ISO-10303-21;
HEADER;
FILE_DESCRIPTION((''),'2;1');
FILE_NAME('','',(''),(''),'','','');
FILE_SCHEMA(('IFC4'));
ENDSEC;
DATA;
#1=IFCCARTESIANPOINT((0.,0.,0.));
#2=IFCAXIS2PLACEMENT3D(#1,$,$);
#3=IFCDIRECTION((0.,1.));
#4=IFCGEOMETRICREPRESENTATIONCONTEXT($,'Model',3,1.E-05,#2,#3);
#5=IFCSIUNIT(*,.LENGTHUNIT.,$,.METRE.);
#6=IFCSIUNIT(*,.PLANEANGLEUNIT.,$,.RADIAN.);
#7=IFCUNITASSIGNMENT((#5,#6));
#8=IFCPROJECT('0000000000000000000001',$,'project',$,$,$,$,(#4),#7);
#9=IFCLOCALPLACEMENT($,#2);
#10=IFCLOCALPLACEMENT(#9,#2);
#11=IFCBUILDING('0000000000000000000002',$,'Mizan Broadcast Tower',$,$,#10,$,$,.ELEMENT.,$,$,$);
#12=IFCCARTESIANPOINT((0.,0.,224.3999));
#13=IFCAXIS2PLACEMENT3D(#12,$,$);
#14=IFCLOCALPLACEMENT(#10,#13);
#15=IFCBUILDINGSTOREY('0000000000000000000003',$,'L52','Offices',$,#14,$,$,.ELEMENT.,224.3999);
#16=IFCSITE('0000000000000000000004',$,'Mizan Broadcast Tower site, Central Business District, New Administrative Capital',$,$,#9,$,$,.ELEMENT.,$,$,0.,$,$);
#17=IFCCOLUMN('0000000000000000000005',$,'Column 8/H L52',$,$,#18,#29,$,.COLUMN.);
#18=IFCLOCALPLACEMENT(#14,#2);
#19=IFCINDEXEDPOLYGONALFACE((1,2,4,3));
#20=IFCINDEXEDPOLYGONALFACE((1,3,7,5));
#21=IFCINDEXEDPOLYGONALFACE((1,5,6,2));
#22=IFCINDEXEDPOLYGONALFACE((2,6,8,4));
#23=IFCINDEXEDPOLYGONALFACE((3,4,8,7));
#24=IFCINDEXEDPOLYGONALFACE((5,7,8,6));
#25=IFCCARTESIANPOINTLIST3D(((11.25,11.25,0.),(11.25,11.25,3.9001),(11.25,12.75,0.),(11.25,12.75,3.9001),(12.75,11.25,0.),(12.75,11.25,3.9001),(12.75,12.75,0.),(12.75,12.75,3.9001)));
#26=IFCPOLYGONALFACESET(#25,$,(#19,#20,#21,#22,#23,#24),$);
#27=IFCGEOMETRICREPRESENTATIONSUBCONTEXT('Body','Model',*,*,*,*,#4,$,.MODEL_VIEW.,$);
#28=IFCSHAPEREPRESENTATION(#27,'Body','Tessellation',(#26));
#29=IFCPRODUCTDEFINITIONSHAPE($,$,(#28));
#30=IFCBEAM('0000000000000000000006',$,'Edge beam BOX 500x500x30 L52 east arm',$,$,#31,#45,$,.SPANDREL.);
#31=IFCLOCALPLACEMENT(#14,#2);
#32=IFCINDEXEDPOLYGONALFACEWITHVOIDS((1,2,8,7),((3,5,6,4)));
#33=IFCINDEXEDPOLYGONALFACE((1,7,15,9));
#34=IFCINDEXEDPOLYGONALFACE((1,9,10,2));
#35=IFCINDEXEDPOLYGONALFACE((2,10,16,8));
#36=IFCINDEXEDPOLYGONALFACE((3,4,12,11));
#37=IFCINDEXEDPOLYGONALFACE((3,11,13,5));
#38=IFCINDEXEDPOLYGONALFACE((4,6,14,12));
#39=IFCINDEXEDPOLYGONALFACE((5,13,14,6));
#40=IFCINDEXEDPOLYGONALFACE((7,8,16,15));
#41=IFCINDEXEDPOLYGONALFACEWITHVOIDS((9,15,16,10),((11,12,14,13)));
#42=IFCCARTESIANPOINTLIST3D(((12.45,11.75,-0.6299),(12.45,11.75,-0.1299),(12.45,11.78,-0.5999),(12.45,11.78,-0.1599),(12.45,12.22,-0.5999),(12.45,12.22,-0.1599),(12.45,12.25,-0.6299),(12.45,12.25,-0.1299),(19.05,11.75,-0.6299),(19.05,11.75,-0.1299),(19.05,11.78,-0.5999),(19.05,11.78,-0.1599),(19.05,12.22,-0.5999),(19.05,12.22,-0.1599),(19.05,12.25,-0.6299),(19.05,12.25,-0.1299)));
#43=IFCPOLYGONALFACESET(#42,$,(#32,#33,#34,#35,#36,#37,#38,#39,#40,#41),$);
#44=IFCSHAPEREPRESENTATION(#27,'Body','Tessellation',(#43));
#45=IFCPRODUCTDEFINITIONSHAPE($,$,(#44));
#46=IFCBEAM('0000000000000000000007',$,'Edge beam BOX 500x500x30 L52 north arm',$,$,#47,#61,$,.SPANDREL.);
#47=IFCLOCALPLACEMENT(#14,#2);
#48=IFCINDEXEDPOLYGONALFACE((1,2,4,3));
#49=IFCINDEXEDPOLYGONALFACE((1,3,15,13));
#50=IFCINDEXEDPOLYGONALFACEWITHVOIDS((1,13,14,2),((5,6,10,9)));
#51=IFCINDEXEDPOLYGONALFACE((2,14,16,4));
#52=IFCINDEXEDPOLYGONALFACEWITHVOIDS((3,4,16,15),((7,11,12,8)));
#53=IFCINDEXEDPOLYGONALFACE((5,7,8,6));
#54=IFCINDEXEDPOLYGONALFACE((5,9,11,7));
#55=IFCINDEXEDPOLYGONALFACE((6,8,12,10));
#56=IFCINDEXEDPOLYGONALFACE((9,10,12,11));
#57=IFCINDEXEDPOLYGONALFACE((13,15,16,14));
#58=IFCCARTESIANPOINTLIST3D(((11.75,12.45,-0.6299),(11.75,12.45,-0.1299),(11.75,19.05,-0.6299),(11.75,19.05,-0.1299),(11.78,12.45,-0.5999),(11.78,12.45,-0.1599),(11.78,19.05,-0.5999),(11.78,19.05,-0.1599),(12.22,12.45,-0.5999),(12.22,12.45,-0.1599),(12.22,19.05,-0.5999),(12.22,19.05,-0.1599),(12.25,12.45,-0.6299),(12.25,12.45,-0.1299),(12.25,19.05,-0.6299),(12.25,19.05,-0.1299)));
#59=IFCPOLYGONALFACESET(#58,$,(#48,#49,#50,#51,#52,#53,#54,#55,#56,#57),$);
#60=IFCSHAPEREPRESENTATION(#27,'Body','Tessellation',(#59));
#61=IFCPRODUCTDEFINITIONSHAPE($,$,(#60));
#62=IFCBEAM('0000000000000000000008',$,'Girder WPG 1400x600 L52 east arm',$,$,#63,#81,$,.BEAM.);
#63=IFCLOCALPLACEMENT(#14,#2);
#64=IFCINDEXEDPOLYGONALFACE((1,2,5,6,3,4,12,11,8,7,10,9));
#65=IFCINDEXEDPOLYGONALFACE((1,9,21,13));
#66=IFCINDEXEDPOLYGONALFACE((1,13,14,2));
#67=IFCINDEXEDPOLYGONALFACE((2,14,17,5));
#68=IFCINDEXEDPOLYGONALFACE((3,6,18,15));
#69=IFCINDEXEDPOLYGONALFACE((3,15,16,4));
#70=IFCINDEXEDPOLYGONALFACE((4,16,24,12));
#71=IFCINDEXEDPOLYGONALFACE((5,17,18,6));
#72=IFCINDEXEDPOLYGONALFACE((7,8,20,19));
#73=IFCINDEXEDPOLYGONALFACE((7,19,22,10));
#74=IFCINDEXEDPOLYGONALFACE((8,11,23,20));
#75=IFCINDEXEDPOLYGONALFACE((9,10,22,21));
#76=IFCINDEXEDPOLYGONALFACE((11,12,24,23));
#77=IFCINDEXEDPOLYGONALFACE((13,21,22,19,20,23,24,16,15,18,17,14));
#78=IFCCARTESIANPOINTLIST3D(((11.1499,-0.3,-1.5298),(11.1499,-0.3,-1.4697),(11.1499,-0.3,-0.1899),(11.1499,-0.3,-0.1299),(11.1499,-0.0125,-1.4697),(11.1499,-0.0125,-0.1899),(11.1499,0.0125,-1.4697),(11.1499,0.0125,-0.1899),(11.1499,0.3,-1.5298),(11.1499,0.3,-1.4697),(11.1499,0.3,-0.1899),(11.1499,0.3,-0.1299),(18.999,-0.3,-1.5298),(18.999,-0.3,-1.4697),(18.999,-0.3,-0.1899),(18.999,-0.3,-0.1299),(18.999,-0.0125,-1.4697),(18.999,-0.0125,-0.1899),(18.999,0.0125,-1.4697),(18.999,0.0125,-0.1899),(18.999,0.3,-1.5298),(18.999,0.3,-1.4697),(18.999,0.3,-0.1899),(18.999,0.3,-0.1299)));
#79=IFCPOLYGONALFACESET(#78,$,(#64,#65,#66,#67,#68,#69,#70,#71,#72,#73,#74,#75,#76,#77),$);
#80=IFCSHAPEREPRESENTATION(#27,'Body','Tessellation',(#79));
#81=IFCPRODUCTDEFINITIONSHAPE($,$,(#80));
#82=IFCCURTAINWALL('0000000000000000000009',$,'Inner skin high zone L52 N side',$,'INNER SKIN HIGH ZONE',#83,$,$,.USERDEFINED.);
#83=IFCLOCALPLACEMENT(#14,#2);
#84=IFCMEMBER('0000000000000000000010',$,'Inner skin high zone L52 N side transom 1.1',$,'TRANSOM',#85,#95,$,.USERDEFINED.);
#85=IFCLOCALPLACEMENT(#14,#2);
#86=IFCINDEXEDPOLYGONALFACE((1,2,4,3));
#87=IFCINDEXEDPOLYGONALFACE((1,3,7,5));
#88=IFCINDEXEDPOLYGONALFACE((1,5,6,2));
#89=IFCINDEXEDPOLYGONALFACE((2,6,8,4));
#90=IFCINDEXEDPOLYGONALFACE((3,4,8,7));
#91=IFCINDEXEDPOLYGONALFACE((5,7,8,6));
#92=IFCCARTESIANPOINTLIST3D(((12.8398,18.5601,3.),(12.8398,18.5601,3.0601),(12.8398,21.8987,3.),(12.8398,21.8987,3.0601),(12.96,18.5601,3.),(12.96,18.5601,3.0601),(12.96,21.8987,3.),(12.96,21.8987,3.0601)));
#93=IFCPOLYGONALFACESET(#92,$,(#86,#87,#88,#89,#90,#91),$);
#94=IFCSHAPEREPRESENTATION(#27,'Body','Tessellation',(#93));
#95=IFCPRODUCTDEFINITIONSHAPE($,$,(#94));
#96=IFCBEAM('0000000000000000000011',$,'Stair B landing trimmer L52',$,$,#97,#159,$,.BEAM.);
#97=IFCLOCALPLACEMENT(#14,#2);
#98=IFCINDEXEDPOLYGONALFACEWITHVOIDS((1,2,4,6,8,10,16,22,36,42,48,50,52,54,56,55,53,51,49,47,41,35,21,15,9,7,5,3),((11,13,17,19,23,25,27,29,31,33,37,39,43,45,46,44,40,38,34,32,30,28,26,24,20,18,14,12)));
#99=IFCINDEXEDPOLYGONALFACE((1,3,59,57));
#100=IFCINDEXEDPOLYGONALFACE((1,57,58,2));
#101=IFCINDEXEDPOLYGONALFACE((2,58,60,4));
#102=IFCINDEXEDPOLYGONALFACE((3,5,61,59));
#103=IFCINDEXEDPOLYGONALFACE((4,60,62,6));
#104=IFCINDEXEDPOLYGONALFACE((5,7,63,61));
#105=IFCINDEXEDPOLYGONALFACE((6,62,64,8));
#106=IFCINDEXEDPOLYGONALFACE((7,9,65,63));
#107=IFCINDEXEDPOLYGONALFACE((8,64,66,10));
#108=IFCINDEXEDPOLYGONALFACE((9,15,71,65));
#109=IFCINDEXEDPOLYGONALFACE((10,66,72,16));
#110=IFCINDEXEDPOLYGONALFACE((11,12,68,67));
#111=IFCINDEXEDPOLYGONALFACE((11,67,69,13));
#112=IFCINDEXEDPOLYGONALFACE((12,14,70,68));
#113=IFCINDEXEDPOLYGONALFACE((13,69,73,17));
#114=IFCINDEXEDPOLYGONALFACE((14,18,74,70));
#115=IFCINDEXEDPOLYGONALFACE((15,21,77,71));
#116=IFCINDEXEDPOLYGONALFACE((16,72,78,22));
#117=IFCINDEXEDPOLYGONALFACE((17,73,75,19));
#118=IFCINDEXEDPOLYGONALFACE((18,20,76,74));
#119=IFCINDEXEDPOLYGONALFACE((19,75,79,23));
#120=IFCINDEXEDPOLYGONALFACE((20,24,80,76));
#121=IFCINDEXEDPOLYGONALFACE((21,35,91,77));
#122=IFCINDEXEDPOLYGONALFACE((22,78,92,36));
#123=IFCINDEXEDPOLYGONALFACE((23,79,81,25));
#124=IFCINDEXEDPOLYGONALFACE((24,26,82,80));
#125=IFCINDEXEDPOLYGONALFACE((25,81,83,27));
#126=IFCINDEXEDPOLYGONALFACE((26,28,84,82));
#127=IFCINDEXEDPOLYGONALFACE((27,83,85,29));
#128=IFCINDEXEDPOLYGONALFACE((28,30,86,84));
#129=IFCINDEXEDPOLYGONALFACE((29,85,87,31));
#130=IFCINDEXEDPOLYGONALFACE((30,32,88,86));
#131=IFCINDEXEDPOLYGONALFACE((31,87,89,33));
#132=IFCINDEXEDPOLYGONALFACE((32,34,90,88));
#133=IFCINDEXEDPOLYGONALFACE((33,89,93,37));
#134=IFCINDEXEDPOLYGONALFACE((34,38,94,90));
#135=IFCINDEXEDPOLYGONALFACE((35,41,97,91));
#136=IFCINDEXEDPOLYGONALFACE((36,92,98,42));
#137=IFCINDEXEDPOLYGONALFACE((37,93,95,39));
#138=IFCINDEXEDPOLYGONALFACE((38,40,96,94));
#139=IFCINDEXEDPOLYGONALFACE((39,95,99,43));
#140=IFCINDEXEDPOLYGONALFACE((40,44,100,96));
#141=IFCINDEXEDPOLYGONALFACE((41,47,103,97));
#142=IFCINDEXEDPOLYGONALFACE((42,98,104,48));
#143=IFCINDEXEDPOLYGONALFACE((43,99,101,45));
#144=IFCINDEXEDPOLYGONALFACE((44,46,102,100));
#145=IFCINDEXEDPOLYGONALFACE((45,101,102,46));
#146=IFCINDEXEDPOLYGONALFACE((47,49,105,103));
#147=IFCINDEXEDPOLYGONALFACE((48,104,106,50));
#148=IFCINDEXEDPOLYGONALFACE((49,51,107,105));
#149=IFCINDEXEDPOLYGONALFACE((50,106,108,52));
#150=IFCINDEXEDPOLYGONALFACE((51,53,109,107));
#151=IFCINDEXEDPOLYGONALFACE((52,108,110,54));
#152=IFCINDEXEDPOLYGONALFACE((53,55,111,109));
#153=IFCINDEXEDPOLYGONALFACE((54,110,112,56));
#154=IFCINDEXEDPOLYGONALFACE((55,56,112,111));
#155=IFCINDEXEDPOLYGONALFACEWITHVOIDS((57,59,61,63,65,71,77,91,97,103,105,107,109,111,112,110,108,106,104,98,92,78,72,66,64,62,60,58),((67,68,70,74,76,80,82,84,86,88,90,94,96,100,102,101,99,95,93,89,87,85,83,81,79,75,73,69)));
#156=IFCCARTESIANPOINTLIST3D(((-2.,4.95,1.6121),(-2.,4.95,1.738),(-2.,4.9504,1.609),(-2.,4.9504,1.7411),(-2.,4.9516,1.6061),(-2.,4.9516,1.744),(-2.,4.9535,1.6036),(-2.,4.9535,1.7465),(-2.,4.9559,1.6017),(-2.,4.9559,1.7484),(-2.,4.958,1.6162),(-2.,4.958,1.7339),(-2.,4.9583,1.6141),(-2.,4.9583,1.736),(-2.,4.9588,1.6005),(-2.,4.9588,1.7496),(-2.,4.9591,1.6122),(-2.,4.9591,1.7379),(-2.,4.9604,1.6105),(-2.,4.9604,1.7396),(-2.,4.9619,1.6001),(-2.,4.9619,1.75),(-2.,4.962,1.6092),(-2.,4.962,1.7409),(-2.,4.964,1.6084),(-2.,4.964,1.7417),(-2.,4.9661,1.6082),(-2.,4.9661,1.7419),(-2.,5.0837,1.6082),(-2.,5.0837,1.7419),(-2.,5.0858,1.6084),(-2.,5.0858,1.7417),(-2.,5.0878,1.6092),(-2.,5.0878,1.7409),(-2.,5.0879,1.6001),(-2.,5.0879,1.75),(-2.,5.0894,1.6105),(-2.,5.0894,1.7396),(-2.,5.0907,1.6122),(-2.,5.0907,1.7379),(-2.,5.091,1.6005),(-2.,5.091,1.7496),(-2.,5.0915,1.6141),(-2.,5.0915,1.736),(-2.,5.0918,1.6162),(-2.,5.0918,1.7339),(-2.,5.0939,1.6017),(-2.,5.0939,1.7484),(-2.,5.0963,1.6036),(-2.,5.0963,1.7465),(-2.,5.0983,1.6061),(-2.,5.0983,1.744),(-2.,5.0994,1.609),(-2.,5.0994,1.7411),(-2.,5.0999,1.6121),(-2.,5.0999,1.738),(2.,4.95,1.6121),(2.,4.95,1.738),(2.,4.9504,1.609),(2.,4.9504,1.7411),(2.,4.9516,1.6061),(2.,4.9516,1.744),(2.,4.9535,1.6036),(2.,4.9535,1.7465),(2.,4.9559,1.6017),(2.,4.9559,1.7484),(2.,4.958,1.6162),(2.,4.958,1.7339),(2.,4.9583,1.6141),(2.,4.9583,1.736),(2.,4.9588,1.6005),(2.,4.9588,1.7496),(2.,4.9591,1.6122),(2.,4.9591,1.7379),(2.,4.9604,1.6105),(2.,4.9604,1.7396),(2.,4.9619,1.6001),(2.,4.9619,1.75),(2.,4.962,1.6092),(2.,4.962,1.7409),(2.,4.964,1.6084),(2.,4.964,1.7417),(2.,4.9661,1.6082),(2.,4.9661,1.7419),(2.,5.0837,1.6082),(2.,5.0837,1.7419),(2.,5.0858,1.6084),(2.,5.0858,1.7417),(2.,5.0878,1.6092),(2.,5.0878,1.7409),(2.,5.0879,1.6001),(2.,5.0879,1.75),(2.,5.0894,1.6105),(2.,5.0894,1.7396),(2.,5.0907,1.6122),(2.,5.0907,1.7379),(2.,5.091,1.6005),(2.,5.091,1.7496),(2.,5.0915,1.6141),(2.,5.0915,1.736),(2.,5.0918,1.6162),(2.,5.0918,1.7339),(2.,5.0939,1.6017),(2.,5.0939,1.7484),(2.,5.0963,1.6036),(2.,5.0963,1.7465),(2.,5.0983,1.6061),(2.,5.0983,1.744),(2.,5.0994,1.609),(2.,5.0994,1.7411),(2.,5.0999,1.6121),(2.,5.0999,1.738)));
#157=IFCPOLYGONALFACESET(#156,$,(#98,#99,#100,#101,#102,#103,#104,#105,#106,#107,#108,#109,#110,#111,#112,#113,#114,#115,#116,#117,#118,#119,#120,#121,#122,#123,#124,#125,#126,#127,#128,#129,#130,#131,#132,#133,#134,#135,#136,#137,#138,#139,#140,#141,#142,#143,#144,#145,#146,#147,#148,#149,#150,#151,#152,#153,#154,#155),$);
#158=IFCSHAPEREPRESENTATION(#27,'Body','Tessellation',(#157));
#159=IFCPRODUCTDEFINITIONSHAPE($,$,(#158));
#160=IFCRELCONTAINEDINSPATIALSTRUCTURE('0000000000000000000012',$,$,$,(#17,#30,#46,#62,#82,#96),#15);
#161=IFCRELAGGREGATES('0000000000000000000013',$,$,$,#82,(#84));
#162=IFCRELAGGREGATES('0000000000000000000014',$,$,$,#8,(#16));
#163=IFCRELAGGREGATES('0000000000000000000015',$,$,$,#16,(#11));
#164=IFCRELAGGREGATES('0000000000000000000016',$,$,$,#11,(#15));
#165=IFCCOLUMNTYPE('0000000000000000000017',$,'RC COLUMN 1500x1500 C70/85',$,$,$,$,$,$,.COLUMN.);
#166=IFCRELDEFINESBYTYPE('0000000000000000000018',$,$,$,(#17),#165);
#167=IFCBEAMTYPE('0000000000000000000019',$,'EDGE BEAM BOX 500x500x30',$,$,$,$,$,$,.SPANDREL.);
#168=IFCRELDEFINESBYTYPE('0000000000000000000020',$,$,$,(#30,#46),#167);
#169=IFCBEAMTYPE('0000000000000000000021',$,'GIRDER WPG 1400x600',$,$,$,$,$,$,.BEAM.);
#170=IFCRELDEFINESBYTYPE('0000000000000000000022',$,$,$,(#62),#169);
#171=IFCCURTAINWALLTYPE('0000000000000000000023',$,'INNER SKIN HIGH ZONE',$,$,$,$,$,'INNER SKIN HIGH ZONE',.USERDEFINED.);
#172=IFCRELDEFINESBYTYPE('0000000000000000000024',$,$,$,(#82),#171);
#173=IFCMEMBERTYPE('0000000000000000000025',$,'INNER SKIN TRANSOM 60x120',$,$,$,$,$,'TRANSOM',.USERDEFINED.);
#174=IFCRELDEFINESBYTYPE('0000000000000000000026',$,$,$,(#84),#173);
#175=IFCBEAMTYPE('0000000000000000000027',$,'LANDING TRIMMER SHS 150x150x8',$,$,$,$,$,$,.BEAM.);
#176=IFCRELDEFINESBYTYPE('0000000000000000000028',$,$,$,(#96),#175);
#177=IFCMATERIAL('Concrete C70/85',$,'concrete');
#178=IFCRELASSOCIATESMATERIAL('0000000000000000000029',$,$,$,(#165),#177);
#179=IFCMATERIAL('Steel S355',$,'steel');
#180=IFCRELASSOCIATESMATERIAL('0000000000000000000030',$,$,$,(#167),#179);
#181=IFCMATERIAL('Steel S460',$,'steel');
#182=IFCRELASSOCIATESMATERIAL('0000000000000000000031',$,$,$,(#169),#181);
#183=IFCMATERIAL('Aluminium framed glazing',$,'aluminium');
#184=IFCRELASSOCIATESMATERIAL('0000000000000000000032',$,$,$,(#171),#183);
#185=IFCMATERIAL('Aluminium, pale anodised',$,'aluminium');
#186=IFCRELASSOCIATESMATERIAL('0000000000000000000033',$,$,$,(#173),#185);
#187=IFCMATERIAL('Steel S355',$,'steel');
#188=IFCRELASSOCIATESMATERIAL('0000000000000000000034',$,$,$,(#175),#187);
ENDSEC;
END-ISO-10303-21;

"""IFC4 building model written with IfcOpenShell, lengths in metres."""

from ifc_helpers import new_model, si_unit, direction, frame, origin, origin_2d, place, context, subcontext, project, spatial, rectangle, hollow_rectangle, i_section, extrude, material, material_profile, profile_set, type_object, element, aggregate, save


model = new_model("IFC4")

# Units and contexts
model_context = context("Model", 3, precision=1e-05, world=origin(), true_north=direction((0.0, 1.0)))
body_context = subcontext(model_context, "Body", "Model", "MODEL_VIEW")
ifc_project = project(units=[si_unit("LENGTHUNIT", "METRE"), si_unit("PLANEANGLEUNIT", "RADIAN")], contexts=[model_context])

# Site, building, storey
site_placement = place(None, origin())
site = spatial("IfcSite", under=ifc_project, at=site_placement, Name="Mizan Broadcast Tower site, Central Business District, New Administrative Capital", CompositionType="ELEMENT", RefElevation=0.0)
building_placement = place(site_placement, origin())
building = spatial("IfcBuilding", under=site, at=building_placement, Name="Mizan Broadcast Tower", CompositionType="ELEMENT")
storey_placement = place(building_placement, frame((0.0, 0.0, 224.3999)))
storey = spatial("IfcBuildingStorey", under=building, at=storey_placement, Name="L52", Description="Offices", CompositionType="ELEMENT", Elevation=224.3999)

# Column
ifc_material_1 = material(Name="Concrete C70/85", Category="concrete")
ifc_material_profile_1 = material_profile(ifc_material_1, rectangle(XDim=1.5, YDim=1.5, at=origin_2d()), Name="RC 1500x1500")
ifc_profile_set_1 = profile_set([ifc_material_profile_1], Name="Concrete C70/85")
column_type = type_object("IfcColumnType", Name="RC COLUMN 1500x1500 C70/85", PredefinedType="COLUMN", material=ifc_profile_set_1)
column_placement = place(storey_placement, frame((12.0, 12.0, 0.0), z_axis=(0.0, 0.0, 1.0), x_axis=(1.0, 0.0, 0.0)))
element("IfcColumn", 1, at=column_placement, inside=storey, type_object=column_type, Name="Column 8/H L52", PredefinedType="COLUMN", context=body_context, shape_type="SweptSolid", body=[
    extrude(rectangle(XDim=1.5, YDim=1.5, at=origin_2d()), origin(), (0.0, 0.0, 1.0), 3.9001),
])

# Beams
ifc_material_2 = material(Name="Steel S355", Category="steel")
ifc_material_profile_2 = material_profile(ifc_material_2, hollow_rectangle(XDim=0.5, YDim=0.5, WallThickness=0.03, at=origin_2d()), Name="BOX 500x500x30")
ifc_profile_set_2 = profile_set([ifc_material_profile_2], Name="Steel S355")
beam_type_1 = type_object("IfcBeamType", Name="EDGE BEAM BOX 500x500x30", PredefinedType="SPANDREL", material=ifc_profile_set_2)
for number, where, z_axis, x_axis, name in (
    (2, (12.45, 12.0, -0.3799), (1.0, 0.0, 0.0), (0.0, 1.0, 0.0), "Edge beam BOX 500x500x30 L52 east arm"),
    (3, (12.0, 12.45, -0.3799), (0.0, 1.0, 0.0), (-1.0, 0.0, 0.0), "Edge beam BOX 500x500x30 L52 north arm"),
):
    element("IfcBeam", number, at=place(storey_placement, frame(where, z_axis=z_axis, x_axis=x_axis)), inside=storey, type_object=beam_type_1, Name=name, PredefinedType="SPANDREL", context=body_context, shape_type="SweptSolid", body=[
        extrude(hollow_rectangle(XDim=0.5, YDim=0.5, WallThickness=0.03, at=origin_2d()), origin(), (0.0, 0.0, 1.0), 6.6001),
    ])
ifc_material_3 = material(Name="Steel S460", Category="steel")
ifc_material_profile_3 = material_profile(ifc_material_3, i_section(OverallWidth=0.6001, OverallDepth=1.3999, WebThickness=0.0249, FlangeThickness=0.0601, at=origin_2d()), Name="WPG 1400x600")
ifc_profile_set_3 = profile_set([ifc_material_profile_3], Name="Steel S460")
beam_type_2 = type_object("IfcBeamType", Name="GIRDER WPG 1400x600", PredefinedType="BEAM", material=ifc_profile_set_3)
beam_1_placement = place(storey_placement, frame((11.1499, 0.0, -0.8298), z_axis=(1.0, 0.0, 0.0), x_axis=(0.0, 1.0, 0.0)))
element("IfcBeam", 4, at=beam_1_placement, inside=storey, type_object=beam_type_2, Name="Girder WPG 1400x600 L52 east arm", PredefinedType="BEAM", context=body_context, shape_type="SweptSolid", body=[
    extrude(i_section(OverallWidth=0.6001, OverallDepth=1.3999, WebThickness=0.0249, FlangeThickness=0.0601, at=origin_2d()), origin(), (0.0, 0.0, 1.0), 7.8491),
])

# Curtain wall, member
ifc_material_4 = material(Name="Aluminium framed glazing", Category="aluminium")
curtain_wall_type = type_object("IfcCurtainWallType", Name="INNER SKIN HIGH ZONE", ElementType="INNER SKIN HIGH ZONE", PredefinedType="USERDEFINED", material=ifc_material_4)
curtain_wall_placement = place(storey_placement, origin())
curtain_wall = element("IfcCurtainWall", 5, at=curtain_wall_placement, inside=storey, type_object=curtain_wall_type, Name="Inner skin high zone L52 N side", ObjectType="INNER SKIN HIGH ZONE", PredefinedType="USERDEFINED")
ifc_material_5 = material(Name="Aluminium, pale anodised", Category="aluminium")
ifc_material_profile_4 = material_profile(ifc_material_5, rectangle(XDim=0.1201, YDim=0.0601, at=origin_2d()), Name="TRANSOM 120x60")
ifc_profile_set_4 = profile_set([ifc_material_profile_4], Name="Aluminium, pale anodised")
member_type = type_object("IfcMemberType", Name="INNER SKIN TRANSOM 60x120", ElementType="TRANSOM", PredefinedType="USERDEFINED", material=ifc_profile_set_4)
member_placement = place(storey_placement, frame((12.8999, 18.5601, 3.03), z_axis=(0.0, 1.0, 0.0), x_axis=(-1.0, 0.0, 0.0)))
member = element("IfcMember", 6, at=member_placement, type_object=member_type, Name="Inner skin high zone L52 N side transom 1.1", ObjectType="TRANSOM", PredefinedType="USERDEFINED", context=body_context, shape_type="SweptSolid", body=[
    extrude(rectangle(XDim=0.1201, YDim=0.0601, at=origin_2d()), origin(), (0.0, 0.0, 1.0), 3.3386),
])
aggregate(curtain_wall, [member])

# Beam
ifc_material_6 = material(Name="Steel S355", Category="steel")
ifc_material_profile_5 = material_profile(ifc_material_6, hollow_rectangle(XDim=0.1499, YDim=0.1499, WallThickness=0.0081, InnerFilletRadius=0.0081, OuterFilletRadius=0.012, at=origin_2d()), Name="SHS 150x150x8")
ifc_profile_set_5 = profile_set([ifc_material_profile_5], Name="Steel S355")
beam_type_3 = type_object("IfcBeamType", Name="LANDING TRIMMER SHS 150x150x8", PredefinedType="BEAM", material=ifc_profile_set_5)
for number, where, z_axis, x_axis, name in (
    (7, (2.0, 5.0249, 1.675), (-1.0, 0.0, 0.0), (0.0, -1.0, 0.0), "Stair B landing trimmer L52"),
):
    element("IfcBeam", number, at=place(storey_placement, frame(where, z_axis=z_axis, x_axis=x_axis)), inside=storey, type_object=beam_type_3, Name=name, PredefinedType="BEAM", context=body_context, shape_type="SweptSolid", body=[
        extrude(hollow_rectangle(XDim=0.1499, YDim=0.1499, WallThickness=0.0081, InnerFilletRadius=0.0081, OuterFilletRadius=0.012, at=origin_2d()), origin(), (0.0, 0.0, 1.0), 4.0),
    ])

save(model, "model.ifc")
